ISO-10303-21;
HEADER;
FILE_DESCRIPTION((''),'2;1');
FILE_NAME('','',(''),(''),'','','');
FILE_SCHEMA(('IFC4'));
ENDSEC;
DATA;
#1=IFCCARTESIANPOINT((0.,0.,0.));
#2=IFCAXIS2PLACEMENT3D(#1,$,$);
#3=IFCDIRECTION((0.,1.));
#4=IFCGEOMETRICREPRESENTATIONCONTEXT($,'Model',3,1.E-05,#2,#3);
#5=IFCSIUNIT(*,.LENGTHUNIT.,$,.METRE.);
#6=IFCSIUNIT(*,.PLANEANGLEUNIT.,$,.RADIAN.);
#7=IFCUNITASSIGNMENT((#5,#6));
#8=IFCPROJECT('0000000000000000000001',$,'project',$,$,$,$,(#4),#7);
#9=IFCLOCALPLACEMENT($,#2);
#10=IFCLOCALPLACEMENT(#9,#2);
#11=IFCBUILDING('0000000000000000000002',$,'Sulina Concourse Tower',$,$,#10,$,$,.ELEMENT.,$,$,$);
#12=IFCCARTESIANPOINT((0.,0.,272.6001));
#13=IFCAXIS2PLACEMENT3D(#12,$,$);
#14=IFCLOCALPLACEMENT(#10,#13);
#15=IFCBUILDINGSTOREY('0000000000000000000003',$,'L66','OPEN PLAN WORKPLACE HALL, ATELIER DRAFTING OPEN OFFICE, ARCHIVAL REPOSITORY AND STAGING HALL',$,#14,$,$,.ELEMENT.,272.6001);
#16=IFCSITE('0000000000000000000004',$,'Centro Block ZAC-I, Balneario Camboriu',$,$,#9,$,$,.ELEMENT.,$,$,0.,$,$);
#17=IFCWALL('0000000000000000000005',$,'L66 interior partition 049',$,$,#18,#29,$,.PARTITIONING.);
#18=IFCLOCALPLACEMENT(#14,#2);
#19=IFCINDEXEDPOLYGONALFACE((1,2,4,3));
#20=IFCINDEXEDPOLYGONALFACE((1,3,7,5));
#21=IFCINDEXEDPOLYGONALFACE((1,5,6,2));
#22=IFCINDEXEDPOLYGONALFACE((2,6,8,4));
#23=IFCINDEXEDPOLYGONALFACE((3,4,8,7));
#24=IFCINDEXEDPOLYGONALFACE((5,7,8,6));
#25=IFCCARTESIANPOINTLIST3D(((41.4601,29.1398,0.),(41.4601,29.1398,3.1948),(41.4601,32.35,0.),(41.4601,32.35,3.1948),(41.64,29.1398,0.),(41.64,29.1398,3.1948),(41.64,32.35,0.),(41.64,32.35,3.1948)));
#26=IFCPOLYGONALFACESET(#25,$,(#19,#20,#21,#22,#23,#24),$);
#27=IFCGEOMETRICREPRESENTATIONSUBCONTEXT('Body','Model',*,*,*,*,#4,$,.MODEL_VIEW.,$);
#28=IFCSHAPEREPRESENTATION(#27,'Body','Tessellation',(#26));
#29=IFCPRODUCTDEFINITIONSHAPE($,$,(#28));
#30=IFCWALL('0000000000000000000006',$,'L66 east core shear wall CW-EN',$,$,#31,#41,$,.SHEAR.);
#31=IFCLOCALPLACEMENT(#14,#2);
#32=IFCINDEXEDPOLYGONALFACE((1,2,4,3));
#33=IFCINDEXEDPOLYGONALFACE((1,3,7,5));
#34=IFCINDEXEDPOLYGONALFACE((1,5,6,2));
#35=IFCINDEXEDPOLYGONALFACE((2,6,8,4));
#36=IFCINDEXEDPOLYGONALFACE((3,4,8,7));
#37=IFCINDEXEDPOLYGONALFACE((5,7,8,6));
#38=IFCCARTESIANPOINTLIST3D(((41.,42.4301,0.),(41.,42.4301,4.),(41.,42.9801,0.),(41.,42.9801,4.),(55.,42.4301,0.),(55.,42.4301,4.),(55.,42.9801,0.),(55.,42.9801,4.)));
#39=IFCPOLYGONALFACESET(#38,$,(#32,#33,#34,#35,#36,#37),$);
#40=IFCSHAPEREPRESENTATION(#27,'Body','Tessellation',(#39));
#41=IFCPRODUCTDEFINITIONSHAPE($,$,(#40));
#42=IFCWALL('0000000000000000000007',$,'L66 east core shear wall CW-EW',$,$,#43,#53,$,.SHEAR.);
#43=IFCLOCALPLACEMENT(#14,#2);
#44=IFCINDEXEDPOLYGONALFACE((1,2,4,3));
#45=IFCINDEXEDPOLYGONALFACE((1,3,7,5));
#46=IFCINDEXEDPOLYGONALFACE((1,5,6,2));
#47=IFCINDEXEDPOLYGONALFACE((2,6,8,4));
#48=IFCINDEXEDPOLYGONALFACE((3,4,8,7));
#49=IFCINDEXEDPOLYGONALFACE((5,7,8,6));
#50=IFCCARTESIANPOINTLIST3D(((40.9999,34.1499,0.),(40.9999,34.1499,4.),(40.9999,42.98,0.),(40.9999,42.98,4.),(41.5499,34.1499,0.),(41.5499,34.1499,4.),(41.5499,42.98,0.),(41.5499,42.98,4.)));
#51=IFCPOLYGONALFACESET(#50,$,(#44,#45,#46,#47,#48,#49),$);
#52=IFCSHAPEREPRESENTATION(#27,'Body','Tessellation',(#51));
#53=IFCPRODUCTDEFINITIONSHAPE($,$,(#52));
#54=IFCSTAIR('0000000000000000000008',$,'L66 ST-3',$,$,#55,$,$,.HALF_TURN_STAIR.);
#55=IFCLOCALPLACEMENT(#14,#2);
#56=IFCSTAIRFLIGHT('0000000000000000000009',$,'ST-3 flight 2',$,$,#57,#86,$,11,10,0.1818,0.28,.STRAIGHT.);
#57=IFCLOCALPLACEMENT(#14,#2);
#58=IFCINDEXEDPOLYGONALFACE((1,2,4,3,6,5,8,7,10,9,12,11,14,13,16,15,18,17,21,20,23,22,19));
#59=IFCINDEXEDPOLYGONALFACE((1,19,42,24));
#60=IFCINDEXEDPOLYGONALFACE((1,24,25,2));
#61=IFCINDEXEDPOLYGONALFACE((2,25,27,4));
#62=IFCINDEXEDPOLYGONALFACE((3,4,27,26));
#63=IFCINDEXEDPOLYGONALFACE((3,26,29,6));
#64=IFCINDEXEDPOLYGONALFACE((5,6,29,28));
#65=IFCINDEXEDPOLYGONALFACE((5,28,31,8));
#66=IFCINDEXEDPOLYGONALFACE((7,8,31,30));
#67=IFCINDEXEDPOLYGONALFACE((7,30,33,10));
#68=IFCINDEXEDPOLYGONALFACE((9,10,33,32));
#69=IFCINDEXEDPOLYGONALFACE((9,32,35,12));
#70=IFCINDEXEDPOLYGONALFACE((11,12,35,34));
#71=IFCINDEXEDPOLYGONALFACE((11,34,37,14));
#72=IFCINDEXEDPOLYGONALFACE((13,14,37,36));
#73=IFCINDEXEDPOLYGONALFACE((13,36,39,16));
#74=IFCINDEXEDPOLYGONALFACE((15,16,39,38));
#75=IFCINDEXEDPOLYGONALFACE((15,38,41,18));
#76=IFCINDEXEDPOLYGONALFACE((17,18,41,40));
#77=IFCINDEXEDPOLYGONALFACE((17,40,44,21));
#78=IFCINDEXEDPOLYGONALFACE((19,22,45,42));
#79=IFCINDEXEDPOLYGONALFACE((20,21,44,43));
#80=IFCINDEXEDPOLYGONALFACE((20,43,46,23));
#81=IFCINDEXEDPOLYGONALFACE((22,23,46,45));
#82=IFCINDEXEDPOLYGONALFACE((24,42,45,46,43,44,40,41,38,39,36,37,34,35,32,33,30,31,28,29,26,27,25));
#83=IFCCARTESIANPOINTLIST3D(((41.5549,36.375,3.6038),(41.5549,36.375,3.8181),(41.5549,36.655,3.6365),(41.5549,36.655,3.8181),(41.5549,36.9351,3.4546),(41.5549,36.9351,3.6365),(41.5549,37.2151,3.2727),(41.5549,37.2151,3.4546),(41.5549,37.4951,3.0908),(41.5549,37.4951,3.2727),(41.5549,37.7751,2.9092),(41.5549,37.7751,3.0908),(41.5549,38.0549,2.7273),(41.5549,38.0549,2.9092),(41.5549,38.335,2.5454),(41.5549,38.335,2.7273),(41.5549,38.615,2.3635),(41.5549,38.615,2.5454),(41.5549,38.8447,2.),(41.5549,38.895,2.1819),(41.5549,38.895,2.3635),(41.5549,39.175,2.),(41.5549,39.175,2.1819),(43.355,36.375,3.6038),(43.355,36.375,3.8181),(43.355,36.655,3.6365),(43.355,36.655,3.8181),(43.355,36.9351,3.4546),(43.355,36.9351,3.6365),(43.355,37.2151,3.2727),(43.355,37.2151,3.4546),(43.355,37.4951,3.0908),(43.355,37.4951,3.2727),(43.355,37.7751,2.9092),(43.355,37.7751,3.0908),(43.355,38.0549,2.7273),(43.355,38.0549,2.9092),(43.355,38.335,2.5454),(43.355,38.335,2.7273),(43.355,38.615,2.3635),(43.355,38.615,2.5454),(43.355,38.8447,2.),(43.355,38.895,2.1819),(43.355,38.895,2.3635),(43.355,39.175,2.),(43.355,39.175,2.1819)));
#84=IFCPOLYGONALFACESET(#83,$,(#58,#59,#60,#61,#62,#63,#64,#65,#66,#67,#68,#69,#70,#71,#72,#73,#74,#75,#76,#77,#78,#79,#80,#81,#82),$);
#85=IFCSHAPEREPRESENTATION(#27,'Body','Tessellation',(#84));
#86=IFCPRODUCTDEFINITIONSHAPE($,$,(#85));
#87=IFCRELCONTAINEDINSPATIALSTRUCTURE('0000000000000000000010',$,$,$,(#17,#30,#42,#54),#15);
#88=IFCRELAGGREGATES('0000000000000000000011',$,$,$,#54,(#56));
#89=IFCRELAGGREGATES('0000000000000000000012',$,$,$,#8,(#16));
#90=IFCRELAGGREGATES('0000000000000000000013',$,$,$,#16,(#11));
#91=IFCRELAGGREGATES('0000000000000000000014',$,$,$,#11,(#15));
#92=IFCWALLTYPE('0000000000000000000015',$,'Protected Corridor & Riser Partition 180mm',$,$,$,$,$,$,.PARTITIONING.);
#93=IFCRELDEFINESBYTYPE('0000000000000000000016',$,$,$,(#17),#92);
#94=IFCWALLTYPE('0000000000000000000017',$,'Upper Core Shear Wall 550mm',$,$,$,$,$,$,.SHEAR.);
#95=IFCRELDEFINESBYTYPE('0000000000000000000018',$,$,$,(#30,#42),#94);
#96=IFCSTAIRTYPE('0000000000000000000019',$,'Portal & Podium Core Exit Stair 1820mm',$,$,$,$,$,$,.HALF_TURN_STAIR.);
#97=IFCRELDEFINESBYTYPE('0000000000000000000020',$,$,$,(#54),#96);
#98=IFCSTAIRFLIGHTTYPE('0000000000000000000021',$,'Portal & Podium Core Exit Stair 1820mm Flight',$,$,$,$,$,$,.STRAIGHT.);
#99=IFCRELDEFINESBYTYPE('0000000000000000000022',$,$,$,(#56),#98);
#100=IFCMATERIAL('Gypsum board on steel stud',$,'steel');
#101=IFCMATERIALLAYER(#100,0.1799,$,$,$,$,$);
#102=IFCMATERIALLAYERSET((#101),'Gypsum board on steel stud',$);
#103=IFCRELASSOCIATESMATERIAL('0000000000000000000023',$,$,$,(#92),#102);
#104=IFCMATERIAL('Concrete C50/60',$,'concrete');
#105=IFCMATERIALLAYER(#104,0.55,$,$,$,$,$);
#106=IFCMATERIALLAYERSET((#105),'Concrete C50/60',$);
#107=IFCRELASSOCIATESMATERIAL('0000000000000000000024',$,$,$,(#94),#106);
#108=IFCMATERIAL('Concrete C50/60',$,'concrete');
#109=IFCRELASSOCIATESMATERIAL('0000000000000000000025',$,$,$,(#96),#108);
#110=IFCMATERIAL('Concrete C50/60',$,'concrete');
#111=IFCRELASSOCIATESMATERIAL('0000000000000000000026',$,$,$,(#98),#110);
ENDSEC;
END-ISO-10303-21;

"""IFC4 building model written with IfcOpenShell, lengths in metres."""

from ifc_helpers import new_model, si_unit, direction, frame, frame_2d, origin, place, context, subcontext, project, spatial, polyline, rectangle, outline, extrude, material, layer, layer_set, type_object, element, aggregate, save


model = new_model("IFC4")

# Units and contexts
model_context = context("Model", 3, precision=1e-05, world=origin(), true_north=direction((0.0, 1.0)))
body_context = subcontext(model_context, "Body", "Model", "MODEL_VIEW")
ifc_project = project(units=[si_unit("LENGTHUNIT", "METRE"), si_unit("PLANEANGLEUNIT", "RADIAN")], contexts=[model_context])

# Site, building, storey
site_placement = place(None, origin())
site = spatial("IfcSite", under=ifc_project, at=site_placement, Name="Centro Block ZAC-I, Balneario Camboriu", CompositionType="ELEMENT", RefElevation=0.0)
building_placement = place(site_placement, origin())
building = spatial("IfcBuilding", under=site, at=building_placement, Name="Sulina Concourse Tower", CompositionType="ELEMENT")
storey_placement = place(building_placement, frame((0.0, 0.0, 272.6001)))
storey = spatial("IfcBuildingStorey", under=building, at=storey_placement, Name="L66", Description="OPEN PLAN WORKPLACE HALL, ATELIER DRAFTING OPEN OFFICE, ARCHIVAL REPOSITORY AND STAGING HALL", CompositionType="ELEMENT", Elevation=272.6001)

# Walls
ifc_material_1 = material(Name="Gypsum board on steel stud", Category="steel")
ifc_layer_1 = layer(ifc_material_1, 0.1799)
ifc_layer_set_1 = layer_set([ifc_layer_1], Name="Gypsum board on steel stud")
wall_type_1 = type_object("IfcWallType", Name="Protected Corridor & Riser Partition 180mm", PredefinedType="PARTITIONING", material=ifc_layer_set_1)
wall_1_placement = place(storey_placement, frame((41.55, 29.1399, 0.0), z_axis=(0.0, 0.0, 1.0), x_axis=(0.0, 1.0, 0.0)))
element("IfcWall", 1, at=wall_1_placement, inside=storey, type_object=wall_type_1, Name="L66 interior partition 049", PredefinedType="PARTITIONING", context=body_context, shape_type="SweptSolid", body=[
    extrude(rectangle(XDim=3.2102, YDim=0.1799, at=frame_2d((1.605, 0.0))), origin(), (0.0, 0.0, 1.0), 3.1948),
])
ifc_material_2 = material(Name="Concrete C50/60", Category="concrete")
ifc_layer_2 = layer(ifc_material_2, 0.55)
ifc_layer_set_2 = layer_set([ifc_layer_2], Name="Concrete C50/60")
wall_type_2 = type_object("IfcWallType", Name="Upper Core Shear Wall 550mm", PredefinedType="SHEAR", material=ifc_layer_set_2)
wall_2_placement = place(storey_placement, frame((41.0, 42.7051, 0.0), z_axis=(0.0, 0.0, 1.0), x_axis=(1.0, 0.0, 0.0)))
element("IfcWall", 2, at=wall_2_placement, inside=storey, type_object=wall_type_2, Name="L66 east core shear wall CW-EN", PredefinedType="SHEAR", context=body_context, shape_type="SweptSolid", body=[
    extrude(rectangle(XDim=14.0, YDim=0.55, at=frame_2d((7.0, 0.0))), origin(), (0.0, 0.0, 1.0), 4.0),
])
wall_3_placement = place(storey_placement, frame((41.2749, 34.1499, 0.0), z_axis=(0.0, 0.0, 1.0), x_axis=(0.0, 1.0, 0.0)))
element("IfcWall", 3, at=wall_3_placement, inside=storey, type_object=wall_type_2, Name="L66 east core shear wall CW-EW", PredefinedType="SHEAR", context=body_context, shape_type="SweptSolid", body=[
    extrude(rectangle(XDim=8.8301, YDim=0.55, at=frame_2d((4.415, 0.0))), origin(), (0.0, 0.0, 1.0), 4.0),
])

# Stair, stair flight
ifc_material_3 = material(Name="Concrete C50/60", Category="concrete")
stair_type = type_object("IfcStairType", Name="Portal & Podium Core Exit Stair 1820mm", PredefinedType="HALF_TURN_STAIR", material=ifc_material_3)
stair_placement = place(storey_placement, origin())
stair = element("IfcStair", 4, at=stair_placement, inside=storey, type_object=stair_type, Name="L66 ST-3", PredefinedType="HALF_TURN_STAIR")
ifc_material_4 = material(Name="Concrete C50/60", Category="concrete")
stair_flight_type = type_object("IfcStairFlightType", Name="Portal & Podium Core Exit Stair 1820mm Flight", PredefinedType="STRAIGHT", material=ifc_material_4)
stair_flight_placement = place(storey_placement, frame((42.4551, 39.175, 2.0), z_axis=(0.0, 0.0, 1.0), x_axis=(0.0, -1.0, 0.0)))
stair_flight = element("IfcStairFlight", 5, at=stair_flight_placement, type_object=stair_flight_type, Name="ST-3 flight 2", NumberOfRisers=11, NumberOfTreads=10, PredefinedType="STRAIGHT", RiserHeight=0.1818, TreadLength=0.28, context=body_context, shape_type="SweptSolid", body=[
    extrude(outline(polyline([(0.0, 0.0), (0.0, 0.1819), (0.28, 0.1819), (0.28, 0.3635), (0.5601, 0.3635), (0.5601, 0.5454), (0.8401, 0.5454), (0.8401, 0.7273), (1.1201, 0.7273), (1.1201, 0.9092), (1.3999, 0.9092), (1.3999, 1.0908), (1.6799, 1.0908), (1.6799, 1.2727), (1.96, 1.2727), (1.96, 1.4546), (2.24, 1.4546), (2.24, 1.6365), (2.52, 1.6365), (2.52, 1.8181), (2.8, 1.8181), (2.8, 2.0), (2.8, 1.6038), (0.3303, 0.0), (0.0, 0.0)])), frame((0.0, 0.8999, 0.0), z_axis=(0.0, -1.0, 0.0), x_axis=(1.0, 0.0, 0.0)), (0.0, 0.0, 1.0), 1.8),
])
aggregate(stair, [stair_flight])

save(model, "model.ifc")
